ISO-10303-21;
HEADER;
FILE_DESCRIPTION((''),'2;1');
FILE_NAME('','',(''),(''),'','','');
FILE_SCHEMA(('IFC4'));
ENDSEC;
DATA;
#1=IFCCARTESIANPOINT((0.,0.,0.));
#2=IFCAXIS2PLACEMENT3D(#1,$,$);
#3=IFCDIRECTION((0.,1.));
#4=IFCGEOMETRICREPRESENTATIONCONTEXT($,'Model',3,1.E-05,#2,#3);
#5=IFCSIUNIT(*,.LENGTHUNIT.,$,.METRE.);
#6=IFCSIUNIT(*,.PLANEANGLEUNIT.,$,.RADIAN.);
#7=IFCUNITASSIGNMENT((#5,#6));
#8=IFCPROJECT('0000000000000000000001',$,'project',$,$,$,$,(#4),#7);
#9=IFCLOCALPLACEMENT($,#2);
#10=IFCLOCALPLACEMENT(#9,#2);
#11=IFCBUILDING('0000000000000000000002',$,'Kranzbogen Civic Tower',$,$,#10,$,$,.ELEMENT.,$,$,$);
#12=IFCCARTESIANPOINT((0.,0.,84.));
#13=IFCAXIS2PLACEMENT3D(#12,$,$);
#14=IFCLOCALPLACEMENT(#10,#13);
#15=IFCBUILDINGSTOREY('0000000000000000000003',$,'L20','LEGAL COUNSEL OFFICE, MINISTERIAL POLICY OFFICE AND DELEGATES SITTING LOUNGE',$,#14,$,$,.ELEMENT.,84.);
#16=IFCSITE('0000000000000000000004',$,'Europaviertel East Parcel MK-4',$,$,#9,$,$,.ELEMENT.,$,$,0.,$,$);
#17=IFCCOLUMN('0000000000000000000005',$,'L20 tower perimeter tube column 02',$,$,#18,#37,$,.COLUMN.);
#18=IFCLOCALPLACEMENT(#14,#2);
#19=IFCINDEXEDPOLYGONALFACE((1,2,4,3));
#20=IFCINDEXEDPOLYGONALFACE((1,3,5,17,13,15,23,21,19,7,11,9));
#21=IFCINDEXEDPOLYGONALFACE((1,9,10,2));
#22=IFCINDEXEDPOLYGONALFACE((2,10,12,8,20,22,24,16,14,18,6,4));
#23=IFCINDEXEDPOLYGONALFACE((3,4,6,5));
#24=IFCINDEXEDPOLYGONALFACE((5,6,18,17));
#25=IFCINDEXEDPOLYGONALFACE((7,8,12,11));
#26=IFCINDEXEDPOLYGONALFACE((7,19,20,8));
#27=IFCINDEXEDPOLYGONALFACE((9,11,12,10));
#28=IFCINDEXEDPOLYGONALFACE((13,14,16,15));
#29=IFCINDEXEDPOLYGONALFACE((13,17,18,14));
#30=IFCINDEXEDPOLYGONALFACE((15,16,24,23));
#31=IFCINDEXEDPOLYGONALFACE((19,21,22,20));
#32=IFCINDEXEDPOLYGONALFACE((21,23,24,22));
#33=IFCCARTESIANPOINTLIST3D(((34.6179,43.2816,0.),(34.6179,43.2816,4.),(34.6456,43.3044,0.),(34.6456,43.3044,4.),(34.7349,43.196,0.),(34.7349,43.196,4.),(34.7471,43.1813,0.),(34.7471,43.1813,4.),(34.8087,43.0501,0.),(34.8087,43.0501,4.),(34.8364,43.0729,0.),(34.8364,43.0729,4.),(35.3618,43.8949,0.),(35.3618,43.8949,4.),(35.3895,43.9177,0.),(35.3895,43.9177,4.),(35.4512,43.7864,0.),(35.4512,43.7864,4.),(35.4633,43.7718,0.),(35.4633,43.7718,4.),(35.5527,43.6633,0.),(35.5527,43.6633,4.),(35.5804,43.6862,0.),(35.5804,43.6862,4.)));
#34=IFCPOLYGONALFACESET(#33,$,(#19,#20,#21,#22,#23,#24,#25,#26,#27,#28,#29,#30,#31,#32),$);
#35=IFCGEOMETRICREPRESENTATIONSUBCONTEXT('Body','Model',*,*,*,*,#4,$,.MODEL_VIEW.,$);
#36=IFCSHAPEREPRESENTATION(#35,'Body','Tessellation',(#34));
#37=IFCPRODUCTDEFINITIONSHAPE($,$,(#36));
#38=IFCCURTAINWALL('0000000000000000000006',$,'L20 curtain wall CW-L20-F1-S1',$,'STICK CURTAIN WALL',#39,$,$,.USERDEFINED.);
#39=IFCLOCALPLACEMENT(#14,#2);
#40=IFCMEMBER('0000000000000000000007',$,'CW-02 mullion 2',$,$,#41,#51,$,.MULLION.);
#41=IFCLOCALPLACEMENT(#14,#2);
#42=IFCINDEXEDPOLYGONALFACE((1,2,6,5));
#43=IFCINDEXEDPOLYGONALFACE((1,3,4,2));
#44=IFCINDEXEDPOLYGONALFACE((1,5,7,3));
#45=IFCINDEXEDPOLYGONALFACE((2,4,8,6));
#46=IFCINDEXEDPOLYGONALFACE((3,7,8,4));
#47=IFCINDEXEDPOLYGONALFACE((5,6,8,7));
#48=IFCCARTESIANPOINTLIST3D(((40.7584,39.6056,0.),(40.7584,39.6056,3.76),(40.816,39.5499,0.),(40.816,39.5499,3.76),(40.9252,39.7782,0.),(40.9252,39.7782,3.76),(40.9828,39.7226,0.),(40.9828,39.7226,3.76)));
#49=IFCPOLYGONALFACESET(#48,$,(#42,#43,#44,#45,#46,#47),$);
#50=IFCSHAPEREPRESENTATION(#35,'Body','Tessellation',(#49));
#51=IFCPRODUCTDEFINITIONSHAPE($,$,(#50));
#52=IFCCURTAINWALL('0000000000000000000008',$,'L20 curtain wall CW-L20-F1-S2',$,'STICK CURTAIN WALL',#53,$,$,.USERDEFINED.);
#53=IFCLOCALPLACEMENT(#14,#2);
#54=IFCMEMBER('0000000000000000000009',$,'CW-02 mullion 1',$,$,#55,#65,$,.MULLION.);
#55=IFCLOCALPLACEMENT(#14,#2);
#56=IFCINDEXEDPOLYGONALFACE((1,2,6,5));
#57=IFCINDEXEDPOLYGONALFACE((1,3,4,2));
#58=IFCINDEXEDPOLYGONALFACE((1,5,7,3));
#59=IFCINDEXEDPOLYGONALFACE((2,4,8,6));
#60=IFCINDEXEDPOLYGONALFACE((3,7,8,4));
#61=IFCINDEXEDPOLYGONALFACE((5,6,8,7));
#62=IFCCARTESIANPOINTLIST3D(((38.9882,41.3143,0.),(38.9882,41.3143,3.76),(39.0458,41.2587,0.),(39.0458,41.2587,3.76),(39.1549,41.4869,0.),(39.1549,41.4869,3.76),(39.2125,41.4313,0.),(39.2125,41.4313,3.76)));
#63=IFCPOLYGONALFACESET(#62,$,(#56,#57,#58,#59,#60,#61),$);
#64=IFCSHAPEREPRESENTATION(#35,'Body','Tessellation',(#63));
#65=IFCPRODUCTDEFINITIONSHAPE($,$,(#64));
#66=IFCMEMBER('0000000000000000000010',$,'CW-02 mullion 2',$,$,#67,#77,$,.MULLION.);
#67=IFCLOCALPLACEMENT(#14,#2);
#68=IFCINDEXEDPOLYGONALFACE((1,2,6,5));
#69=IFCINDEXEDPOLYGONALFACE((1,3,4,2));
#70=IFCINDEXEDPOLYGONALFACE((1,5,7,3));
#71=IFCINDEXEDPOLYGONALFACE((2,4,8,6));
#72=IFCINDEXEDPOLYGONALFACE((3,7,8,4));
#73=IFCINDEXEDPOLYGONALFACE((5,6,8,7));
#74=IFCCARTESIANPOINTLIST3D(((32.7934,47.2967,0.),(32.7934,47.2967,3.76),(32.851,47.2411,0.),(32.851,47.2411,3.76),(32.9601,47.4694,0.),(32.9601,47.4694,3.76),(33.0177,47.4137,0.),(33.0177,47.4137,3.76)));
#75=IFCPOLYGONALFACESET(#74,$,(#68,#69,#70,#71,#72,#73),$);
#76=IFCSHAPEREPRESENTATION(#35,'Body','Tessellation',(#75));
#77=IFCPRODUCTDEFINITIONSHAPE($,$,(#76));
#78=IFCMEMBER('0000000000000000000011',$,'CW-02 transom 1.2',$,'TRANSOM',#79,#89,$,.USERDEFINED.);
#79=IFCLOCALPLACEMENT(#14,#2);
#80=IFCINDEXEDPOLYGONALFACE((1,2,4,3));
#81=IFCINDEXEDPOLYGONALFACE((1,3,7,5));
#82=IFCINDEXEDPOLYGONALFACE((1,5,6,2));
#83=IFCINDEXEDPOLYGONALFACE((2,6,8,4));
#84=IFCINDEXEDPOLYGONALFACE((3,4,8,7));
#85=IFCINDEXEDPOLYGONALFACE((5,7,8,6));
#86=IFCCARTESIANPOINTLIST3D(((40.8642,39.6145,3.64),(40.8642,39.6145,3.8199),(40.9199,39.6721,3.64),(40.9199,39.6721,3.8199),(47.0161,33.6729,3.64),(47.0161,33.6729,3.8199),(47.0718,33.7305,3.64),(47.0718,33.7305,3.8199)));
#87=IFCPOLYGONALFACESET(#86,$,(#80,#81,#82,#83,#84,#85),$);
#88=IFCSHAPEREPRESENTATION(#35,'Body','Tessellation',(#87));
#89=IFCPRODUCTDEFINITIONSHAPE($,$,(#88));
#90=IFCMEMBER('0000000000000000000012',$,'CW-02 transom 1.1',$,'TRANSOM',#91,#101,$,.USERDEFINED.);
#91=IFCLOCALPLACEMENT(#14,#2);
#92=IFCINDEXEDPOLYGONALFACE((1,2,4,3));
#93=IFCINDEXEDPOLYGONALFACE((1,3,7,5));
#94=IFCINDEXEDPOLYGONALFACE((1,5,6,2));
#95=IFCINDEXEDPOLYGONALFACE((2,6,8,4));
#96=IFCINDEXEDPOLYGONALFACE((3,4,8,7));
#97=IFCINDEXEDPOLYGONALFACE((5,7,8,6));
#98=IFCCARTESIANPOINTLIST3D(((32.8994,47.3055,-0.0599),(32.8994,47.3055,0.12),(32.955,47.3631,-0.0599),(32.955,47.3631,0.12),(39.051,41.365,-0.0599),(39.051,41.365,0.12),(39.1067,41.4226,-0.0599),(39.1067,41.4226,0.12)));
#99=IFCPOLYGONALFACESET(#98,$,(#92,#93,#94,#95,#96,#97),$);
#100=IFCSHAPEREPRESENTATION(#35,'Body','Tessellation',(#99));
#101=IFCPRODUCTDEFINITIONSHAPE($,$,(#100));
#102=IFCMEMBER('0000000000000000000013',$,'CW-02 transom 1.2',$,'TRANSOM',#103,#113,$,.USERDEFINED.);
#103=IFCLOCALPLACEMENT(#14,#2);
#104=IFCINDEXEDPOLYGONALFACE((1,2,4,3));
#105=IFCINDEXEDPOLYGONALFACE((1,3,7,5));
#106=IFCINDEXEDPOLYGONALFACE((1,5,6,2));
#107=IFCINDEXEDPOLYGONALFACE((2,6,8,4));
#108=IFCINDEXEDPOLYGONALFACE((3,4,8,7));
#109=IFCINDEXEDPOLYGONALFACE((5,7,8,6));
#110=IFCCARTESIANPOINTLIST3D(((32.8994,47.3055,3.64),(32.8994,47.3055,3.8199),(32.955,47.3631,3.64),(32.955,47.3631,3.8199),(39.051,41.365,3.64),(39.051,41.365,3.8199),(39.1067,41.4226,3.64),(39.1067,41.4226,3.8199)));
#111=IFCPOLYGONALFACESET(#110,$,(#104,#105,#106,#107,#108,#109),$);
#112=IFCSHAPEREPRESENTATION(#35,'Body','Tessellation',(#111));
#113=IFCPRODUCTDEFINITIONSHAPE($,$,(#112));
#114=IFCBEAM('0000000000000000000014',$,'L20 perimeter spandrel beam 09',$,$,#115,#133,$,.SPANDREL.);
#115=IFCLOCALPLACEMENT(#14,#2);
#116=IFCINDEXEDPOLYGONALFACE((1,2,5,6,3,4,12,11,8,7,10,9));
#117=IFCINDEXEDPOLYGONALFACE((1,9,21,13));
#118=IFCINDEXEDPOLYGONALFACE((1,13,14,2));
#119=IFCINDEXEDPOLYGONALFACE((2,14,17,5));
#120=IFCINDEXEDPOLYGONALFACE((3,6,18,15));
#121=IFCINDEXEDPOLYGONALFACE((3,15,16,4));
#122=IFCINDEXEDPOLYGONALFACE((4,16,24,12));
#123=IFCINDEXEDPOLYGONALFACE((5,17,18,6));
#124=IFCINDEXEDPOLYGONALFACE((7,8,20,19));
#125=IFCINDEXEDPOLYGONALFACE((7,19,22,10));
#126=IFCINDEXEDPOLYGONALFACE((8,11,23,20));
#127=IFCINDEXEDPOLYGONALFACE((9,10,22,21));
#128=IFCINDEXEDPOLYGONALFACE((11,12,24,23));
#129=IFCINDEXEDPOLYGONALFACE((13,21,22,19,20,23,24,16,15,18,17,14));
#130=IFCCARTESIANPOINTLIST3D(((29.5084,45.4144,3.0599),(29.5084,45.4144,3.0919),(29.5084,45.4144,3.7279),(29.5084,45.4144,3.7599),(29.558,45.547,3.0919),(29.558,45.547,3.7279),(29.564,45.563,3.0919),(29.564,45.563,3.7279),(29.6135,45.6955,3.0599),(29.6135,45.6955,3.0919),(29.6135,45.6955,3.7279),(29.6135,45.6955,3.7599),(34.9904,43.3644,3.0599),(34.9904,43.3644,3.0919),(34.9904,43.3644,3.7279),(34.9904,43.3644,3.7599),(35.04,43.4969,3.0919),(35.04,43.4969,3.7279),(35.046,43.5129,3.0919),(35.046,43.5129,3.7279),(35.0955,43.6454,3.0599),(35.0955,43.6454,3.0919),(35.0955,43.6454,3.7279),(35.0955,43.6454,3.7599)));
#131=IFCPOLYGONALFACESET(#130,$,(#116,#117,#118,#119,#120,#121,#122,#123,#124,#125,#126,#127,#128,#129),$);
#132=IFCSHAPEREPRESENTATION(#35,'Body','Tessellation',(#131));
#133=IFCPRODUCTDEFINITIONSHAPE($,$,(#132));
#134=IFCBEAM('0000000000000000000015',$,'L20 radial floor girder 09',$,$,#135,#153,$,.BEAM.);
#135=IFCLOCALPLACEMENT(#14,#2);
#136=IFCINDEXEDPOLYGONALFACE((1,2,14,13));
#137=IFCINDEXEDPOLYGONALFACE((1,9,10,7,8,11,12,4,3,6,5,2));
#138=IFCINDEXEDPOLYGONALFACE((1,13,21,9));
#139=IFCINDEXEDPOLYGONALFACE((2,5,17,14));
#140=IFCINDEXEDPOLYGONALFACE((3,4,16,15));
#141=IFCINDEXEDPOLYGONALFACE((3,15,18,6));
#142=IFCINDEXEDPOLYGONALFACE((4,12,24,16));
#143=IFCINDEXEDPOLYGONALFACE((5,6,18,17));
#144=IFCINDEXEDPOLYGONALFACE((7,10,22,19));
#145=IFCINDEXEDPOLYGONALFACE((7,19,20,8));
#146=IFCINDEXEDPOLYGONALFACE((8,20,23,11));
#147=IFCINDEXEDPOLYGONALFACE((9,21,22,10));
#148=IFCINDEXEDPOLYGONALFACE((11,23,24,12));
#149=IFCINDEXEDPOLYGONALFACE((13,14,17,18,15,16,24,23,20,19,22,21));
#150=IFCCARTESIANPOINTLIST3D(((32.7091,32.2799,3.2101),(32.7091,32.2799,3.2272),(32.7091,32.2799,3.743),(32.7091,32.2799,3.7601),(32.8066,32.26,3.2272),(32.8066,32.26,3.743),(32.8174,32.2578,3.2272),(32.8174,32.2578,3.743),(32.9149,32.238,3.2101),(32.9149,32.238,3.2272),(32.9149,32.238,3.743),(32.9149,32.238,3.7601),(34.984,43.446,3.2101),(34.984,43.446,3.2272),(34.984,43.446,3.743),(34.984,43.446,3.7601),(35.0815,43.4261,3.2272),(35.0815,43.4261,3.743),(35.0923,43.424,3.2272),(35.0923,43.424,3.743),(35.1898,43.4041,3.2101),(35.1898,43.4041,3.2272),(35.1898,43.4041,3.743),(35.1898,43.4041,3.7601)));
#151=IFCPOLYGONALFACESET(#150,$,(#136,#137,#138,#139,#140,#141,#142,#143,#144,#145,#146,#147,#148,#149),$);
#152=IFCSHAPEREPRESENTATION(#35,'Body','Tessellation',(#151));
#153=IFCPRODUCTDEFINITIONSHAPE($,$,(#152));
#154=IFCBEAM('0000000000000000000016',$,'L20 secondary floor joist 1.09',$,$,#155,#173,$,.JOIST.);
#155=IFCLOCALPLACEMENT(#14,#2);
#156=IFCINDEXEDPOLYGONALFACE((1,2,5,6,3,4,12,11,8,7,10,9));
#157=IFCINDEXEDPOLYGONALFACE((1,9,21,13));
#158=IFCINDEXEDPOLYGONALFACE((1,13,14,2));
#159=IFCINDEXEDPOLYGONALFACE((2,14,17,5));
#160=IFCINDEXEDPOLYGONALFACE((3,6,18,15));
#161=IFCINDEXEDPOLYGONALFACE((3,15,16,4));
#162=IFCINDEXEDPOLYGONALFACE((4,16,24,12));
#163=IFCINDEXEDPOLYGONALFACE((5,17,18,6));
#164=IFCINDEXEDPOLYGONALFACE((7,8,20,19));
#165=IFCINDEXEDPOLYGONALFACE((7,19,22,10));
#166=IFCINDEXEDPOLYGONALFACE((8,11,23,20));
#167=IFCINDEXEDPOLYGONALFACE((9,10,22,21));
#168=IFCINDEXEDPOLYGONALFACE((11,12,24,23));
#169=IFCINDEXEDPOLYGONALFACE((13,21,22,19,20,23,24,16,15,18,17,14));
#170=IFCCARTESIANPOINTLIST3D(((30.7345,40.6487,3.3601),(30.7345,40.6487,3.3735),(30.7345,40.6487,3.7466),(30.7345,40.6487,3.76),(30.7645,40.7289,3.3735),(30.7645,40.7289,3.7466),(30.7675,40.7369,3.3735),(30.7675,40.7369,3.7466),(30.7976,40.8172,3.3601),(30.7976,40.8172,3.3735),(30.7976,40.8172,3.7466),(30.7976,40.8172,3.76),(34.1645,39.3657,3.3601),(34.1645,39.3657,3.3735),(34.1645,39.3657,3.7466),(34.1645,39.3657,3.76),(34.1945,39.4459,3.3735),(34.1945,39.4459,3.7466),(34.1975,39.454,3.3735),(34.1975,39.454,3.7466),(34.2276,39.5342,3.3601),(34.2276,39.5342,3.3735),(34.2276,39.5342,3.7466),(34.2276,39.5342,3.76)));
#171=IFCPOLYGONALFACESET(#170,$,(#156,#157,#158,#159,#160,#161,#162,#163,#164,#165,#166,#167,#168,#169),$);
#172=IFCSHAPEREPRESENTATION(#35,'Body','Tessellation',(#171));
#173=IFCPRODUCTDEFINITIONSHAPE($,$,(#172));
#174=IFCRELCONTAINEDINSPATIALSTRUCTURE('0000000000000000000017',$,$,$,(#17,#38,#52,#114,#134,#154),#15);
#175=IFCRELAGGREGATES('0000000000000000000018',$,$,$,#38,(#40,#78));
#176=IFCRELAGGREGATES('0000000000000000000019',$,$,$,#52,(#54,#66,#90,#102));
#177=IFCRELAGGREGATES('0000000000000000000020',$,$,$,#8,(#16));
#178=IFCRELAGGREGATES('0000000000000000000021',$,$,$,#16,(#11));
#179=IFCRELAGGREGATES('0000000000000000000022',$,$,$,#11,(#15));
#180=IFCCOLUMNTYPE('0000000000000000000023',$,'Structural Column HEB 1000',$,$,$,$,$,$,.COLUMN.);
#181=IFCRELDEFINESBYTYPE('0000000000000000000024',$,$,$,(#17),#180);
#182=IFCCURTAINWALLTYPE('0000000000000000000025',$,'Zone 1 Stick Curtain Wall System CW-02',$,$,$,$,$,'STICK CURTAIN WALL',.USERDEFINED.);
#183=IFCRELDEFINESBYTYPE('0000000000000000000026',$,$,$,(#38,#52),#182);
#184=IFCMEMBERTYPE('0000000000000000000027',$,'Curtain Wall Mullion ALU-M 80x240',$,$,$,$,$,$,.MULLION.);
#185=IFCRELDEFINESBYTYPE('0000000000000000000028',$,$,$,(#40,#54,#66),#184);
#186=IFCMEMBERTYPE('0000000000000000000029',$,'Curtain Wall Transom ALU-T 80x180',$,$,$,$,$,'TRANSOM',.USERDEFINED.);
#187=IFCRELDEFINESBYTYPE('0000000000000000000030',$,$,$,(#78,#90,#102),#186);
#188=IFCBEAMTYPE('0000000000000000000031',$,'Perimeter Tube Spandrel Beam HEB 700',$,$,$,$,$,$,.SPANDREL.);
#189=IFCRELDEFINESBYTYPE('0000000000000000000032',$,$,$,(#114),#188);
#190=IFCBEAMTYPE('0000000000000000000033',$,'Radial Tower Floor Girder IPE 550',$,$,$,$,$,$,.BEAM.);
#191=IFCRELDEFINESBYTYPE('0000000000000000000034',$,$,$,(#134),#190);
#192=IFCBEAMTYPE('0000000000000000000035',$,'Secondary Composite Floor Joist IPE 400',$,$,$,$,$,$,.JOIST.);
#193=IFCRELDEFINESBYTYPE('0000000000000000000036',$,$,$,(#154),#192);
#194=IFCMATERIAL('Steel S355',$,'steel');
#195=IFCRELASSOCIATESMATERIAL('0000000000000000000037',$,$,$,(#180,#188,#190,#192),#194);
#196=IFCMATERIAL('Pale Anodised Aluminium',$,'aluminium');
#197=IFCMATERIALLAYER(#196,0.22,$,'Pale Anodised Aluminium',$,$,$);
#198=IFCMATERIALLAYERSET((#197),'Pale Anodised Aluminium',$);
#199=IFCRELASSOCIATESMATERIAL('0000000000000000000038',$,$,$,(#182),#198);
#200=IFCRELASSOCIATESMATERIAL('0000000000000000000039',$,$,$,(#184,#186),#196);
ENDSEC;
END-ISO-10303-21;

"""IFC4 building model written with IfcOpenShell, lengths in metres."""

from ifc_helpers import new_model, si_unit, direction, frame, origin, origin_2d, place, context, subcontext, project, spatial, rectangle, i_section, extrude, material, layer, layer_set, material_profile, profile_set, type_object, element, aggregate, save


model = new_model("IFC4")

# Units and contexts
model_context = context("Model", 3, precision=1e-05, world=origin(), true_north=direction((0.0, 1.0)))
body_context = subcontext(model_context, "Body", "Model", "MODEL_VIEW")
ifc_project = project(units=[si_unit("LENGTHUNIT", "METRE"), si_unit("PLANEANGLEUNIT", "RADIAN")], contexts=[model_context])

# Site, building, storey
site_placement = place(None, origin())
site = spatial("IfcSite", under=ifc_project, at=site_placement, Name="Europaviertel East Parcel MK-4", CompositionType="ELEMENT", RefElevation=0.0)
building_placement = place(site_placement, origin())
building = spatial("IfcBuilding", under=site, at=building_placement, Name="Kranzbogen Civic Tower", CompositionType="ELEMENT")
storey_placement = place(building_placement, frame((0.0, 0.0, 84.0)))
storey = spatial("IfcBuildingStorey", under=building, at=storey_placement, Name="L20", Description="LEGAL COUNSEL OFFICE, MINISTERIAL POLICY OFFICE AND DELEGATES SITTING LOUNGE", CompositionType="ELEMENT", Elevation=84.0)

# Column
ifc_material_1 = material(Name="Steel S355", Category="steel")
ifc_material_profile_1 = material_profile(ifc_material_1, i_section(OverallWidth=0.3, OverallDepth=1.0, WebThickness=0.019, FlangeThickness=0.0359, at=origin_2d()), Name="HEB 1000")
ifc_profile_set_1 = profile_set([ifc_material_profile_1], Name="Steel S355")
column_type = type_object("IfcColumnType", Name="Structural Column HEB 1000", PredefinedType="COLUMN", material=ifc_profile_set_1)
column_placement = place(storey_placement, frame((35.0991, 43.4839, 0.0), z_axis=(0.0, 0.0, 1.0), x_axis=(-0.636078, 0.771625, 0.0)))
element("IfcColumn", 1, at=column_placement, inside=storey, type_object=column_type, Name="L20 tower perimeter tube column 02", PredefinedType="COLUMN", context=body_context, shape_type="SweptSolid", body=[
    extrude(i_section(OverallWidth=0.3, OverallDepth=1.0, WebThickness=0.019, FlangeThickness=0.0359, at=origin_2d()), origin(), (0.0, 0.0, 1.0), 4.0),
])

# Curtain wall, member
ifc_material_2 = material(Name="Pale Anodised Aluminium", Category="aluminium")
ifc_layer_1 = layer(ifc_material_2, 0.22, Name="Pale Anodised Aluminium")
ifc_layer_set_1 = layer_set([ifc_layer_1], Name="Pale Anodised Aluminium")
curtain_wall_type = type_object("IfcCurtainWallType", Name="Zone 1 Stick Curtain Wall System CW-02", ElementType="STICK CURTAIN WALL", PredefinedType="USERDEFINED", material=ifc_layer_set_1)
curtain_wall_1_placement = place(storey_placement, origin())
curtain_wall_1 = element("IfcCurtainWall", 2, at=curtain_wall_1_placement, inside=storey, type_object=curtain_wall_type, Name="L20 curtain wall CW-L20-F1-S1", ObjectType="STICK CURTAIN WALL", PredefinedType="USERDEFINED")
ifc_material_profile_2 = material_profile(ifc_material_2, rectangle(XDim=0.0801, YDim=0.24, at=origin_2d()), Name="ALU-M 80x240")
ifc_profile_set_2 = profile_set([ifc_material_profile_2], Name="Pale Anodised Aluminium")
member_type_1 = type_object("IfcMemberType", Name="Curtain Wall Mullion ALU-M 80x240", PredefinedType="MULLION", material=ifc_profile_set_2)
member_1_placement = place(storey_placement, frame((40.8706, 39.6641, 0.0), z_axis=(0.0, 0.0, 1.0), x_axis=(-0.71928, 0.69472, 0.0)))
member_1 = element("IfcMember", 3, at=member_1_placement, type_object=member_type_1, Name="CW-02 mullion 2", PredefinedType="MULLION", context=body_context, shape_type="SweptSolid", body=[
    extrude(rectangle(XDim=0.0801, YDim=0.24, at=origin_2d()), origin(), (0.0, 0.0, 1.0), 3.76),
])

# Curtain wall, members
curtain_wall_2_placement = place(storey_placement, origin())
curtain_wall_2 = element("IfcCurtainWall", 4, at=curtain_wall_2_placement, inside=storey, type_object=curtain_wall_type, Name="L20 curtain wall CW-L20-F1-S2", ObjectType="STICK CURTAIN WALL", PredefinedType="USERDEFINED")
member_2_placement = place(storey_placement, frame((39.1003, 41.3728, 0.0), z_axis=(0.0, 0.0, 1.0), x_axis=(-0.719338, 0.69466, 0.0)))
member_2 = element("IfcMember", 5, at=member_2_placement, type_object=member_type_1, Name="CW-02 mullion 1", PredefinedType="MULLION", context=body_context, shape_type="SweptSolid", body=[
    extrude(rectangle(XDim=0.0801, YDim=0.24, at=origin_2d()), origin(), (0.0, 0.0, 1.0), 3.76),
])
member_3_placement = place(storey_placement, frame((32.9055, 47.3552, 0.0), z_axis=(0.0, 0.0, 1.0), x_axis=(-0.719338, 0.69466, 0.0)))
member_3 = element("IfcMember", 6, at=member_3_placement, type_object=member_type_1, Name="CW-02 mullion 2", PredefinedType="MULLION", context=body_context, shape_type="SweptSolid", body=[
    extrude(rectangle(XDim=0.0801, YDim=0.24, at=origin_2d()), origin(), (0.0, 0.0, 1.0), 3.76),
])

# Members
ifc_material_profile_3 = material_profile(ifc_material_2, rectangle(XDim=0.0801, YDim=0.1799, at=origin_2d()), Name="ALU-T 80x180")
ifc_profile_set_3 = profile_set([ifc_material_profile_3], Name="Pale Anodised Aluminium")
member_type_2 = type_object("IfcMemberType", Name="Curtain Wall Transom ALU-T 80x180", ElementType="TRANSOM", PredefinedType="USERDEFINED", material=ifc_profile_set_3)
member_4_placement = place(storey_placement, frame((47.0439, 33.7017, 3.73), z_axis=(-0.719289, 0.694711, 0.0), x_axis=(-0.694711, -0.719289, 0.0)))
member_4 = element("IfcMember", 7, at=member_4_placement, type_object=member_type_2, Name="CW-02 transom 1.2", ObjectType="TRANSOM", PredefinedType="USERDEFINED", context=body_context, shape_type="SweptSolid", body=[
    extrude(rectangle(XDim=0.0801, YDim=0.1799, at=origin_2d()), origin(), (0.0, 0.0, 1.0), 8.5527),
])
member_5_placement = place(storey_placement, frame((39.0789, 41.3938, 0.03), z_axis=(-0.719346, 0.694652, 0.0), x_axis=(-0.694652, -0.719346, 0.0)))
member_5 = element("IfcMember", 8, at=member_5_placement, type_object=member_type_2, Name="CW-02 transom 1.1", ObjectType="TRANSOM", PredefinedType="USERDEFINED", context=body_context, shape_type="SweptSolid", body=[
    extrude(rectangle(XDim=0.0801, YDim=0.1799, at=origin_2d()), origin(), (0.0, 0.0, 1.0), 8.5518),
])
member_6_placement = place(storey_placement, frame((39.0789, 41.3938, 3.73), z_axis=(-0.719346, 0.694652, 0.0), x_axis=(-0.694652, -0.719346, 0.0)))
member_6 = element("IfcMember", 9, at=member_6_placement, type_object=member_type_2, Name="CW-02 transom 1.2", ObjectType="TRANSOM", PredefinedType="USERDEFINED", context=body_context, shape_type="SweptSolid", body=[
    extrude(rectangle(XDim=0.0801, YDim=0.1799, at=origin_2d()), origin(), (0.0, 0.0, 1.0), 8.5518),
])

# Beams
ifc_material_profile_4 = material_profile(ifc_material_1, i_section(OverallWidth=0.3, OverallDepth=0.7, WebThickness=0.0171, FlangeThickness=0.032, at=origin_2d()), Name="HEB 700")
ifc_profile_set_4 = profile_set([ifc_material_profile_4], Name="Steel S355")
beam_type_1 = type_object("IfcBeamType", Name="Perimeter Tube Spandrel Beam HEB 700", PredefinedType="SPANDREL", material=ifc_profile_set_4)
beam_1_placement = place(storey_placement, frame((35.043, 43.5049, 3.4099), z_axis=(-0.936648, 0.350273, 0.0), x_axis=(-0.350273, -0.936648, 0.0)))
element("IfcBeam", 10, at=beam_1_placement, inside=storey, type_object=beam_type_1, Name="L20 perimeter spandrel beam 09", PredefinedType="SPANDREL", context=body_context, shape_type="SweptSolid", body=[
    extrude(i_section(OverallWidth=0.3, OverallDepth=0.7, WebThickness=0.0171, FlangeThickness=0.032, at=origin_2d()), origin(), (0.0, 0.0, 1.0), 5.8528),
])
ifc_material_profile_5 = material_profile(ifc_material_1, i_section(OverallWidth=0.21, OverallDepth=0.55, WebThickness=0.011, FlangeThickness=0.0171, at=origin_2d()), Name="IPE 550")
ifc_profile_set_5 = profile_set([ifc_material_profile_5], Name="Steel S355")
beam_type_2 = type_object("IfcBeamType", Name="Radial Tower Floor Girder IPE 550", PredefinedType="BEAM", material=ifc_profile_set_5)
beam_2_placement = place(storey_placement, frame((35.0869, 43.425, 3.4851), z_axis=(-0.199633, -0.979871, 0.0), x_axis=(0.979871, -0.199633, 0.0)))
element("IfcBeam", 11, at=beam_2_placement, inside=storey, type_object=beam_type_2, Name="L20 radial floor girder 09", PredefinedType="BEAM", context=body_context, shape_type="SweptSolid", body=[
    extrude(i_section(OverallWidth=0.21, OverallDepth=0.55, WebThickness=0.011, FlangeThickness=0.0171, at=origin_2d()), origin(), (0.0, 0.0, 1.0), 11.3955),
])
ifc_material_profile_6 = material_profile(ifc_material_1, i_section(OverallWidth=0.1799, OverallDepth=0.3999, WebThickness=0.0085, FlangeThickness=0.0134, at=origin_2d()), Name="IPE 400")
ifc_profile_set_6 = profile_set([ifc_material_profile_6], Name="Steel S355")
beam_type_3 = type_object("IfcBeamType", Name="Secondary Composite Floor Joist IPE 400", PredefinedType="JOIST", material=ifc_profile_set_6)
beam_3_placement = place(storey_placement, frame((34.196, 39.45, 3.5601), z_axis=(-0.936622, 0.350342, 0.0), x_axis=(-0.350342, -0.936622, 0.0)))
element("IfcBeam", 12, at=beam_3_placement, inside=storey, type_object=beam_type_3, Name="L20 secondary floor joist 1.09", PredefinedType="JOIST", context=body_context, shape_type="SweptSolid", body=[
    extrude(i_section(OverallWidth=0.1799, OverallDepth=0.3999, WebThickness=0.0085, FlangeThickness=0.0134, at=origin_2d()), origin(), (0.0, 0.0, 1.0), 3.6621),
])

aggregate(curtain_wall_1, [member_1, member_4])
aggregate(curtain_wall_2, [member_2, member_3, member_5, member_6])

save(model, "model.ifc")
